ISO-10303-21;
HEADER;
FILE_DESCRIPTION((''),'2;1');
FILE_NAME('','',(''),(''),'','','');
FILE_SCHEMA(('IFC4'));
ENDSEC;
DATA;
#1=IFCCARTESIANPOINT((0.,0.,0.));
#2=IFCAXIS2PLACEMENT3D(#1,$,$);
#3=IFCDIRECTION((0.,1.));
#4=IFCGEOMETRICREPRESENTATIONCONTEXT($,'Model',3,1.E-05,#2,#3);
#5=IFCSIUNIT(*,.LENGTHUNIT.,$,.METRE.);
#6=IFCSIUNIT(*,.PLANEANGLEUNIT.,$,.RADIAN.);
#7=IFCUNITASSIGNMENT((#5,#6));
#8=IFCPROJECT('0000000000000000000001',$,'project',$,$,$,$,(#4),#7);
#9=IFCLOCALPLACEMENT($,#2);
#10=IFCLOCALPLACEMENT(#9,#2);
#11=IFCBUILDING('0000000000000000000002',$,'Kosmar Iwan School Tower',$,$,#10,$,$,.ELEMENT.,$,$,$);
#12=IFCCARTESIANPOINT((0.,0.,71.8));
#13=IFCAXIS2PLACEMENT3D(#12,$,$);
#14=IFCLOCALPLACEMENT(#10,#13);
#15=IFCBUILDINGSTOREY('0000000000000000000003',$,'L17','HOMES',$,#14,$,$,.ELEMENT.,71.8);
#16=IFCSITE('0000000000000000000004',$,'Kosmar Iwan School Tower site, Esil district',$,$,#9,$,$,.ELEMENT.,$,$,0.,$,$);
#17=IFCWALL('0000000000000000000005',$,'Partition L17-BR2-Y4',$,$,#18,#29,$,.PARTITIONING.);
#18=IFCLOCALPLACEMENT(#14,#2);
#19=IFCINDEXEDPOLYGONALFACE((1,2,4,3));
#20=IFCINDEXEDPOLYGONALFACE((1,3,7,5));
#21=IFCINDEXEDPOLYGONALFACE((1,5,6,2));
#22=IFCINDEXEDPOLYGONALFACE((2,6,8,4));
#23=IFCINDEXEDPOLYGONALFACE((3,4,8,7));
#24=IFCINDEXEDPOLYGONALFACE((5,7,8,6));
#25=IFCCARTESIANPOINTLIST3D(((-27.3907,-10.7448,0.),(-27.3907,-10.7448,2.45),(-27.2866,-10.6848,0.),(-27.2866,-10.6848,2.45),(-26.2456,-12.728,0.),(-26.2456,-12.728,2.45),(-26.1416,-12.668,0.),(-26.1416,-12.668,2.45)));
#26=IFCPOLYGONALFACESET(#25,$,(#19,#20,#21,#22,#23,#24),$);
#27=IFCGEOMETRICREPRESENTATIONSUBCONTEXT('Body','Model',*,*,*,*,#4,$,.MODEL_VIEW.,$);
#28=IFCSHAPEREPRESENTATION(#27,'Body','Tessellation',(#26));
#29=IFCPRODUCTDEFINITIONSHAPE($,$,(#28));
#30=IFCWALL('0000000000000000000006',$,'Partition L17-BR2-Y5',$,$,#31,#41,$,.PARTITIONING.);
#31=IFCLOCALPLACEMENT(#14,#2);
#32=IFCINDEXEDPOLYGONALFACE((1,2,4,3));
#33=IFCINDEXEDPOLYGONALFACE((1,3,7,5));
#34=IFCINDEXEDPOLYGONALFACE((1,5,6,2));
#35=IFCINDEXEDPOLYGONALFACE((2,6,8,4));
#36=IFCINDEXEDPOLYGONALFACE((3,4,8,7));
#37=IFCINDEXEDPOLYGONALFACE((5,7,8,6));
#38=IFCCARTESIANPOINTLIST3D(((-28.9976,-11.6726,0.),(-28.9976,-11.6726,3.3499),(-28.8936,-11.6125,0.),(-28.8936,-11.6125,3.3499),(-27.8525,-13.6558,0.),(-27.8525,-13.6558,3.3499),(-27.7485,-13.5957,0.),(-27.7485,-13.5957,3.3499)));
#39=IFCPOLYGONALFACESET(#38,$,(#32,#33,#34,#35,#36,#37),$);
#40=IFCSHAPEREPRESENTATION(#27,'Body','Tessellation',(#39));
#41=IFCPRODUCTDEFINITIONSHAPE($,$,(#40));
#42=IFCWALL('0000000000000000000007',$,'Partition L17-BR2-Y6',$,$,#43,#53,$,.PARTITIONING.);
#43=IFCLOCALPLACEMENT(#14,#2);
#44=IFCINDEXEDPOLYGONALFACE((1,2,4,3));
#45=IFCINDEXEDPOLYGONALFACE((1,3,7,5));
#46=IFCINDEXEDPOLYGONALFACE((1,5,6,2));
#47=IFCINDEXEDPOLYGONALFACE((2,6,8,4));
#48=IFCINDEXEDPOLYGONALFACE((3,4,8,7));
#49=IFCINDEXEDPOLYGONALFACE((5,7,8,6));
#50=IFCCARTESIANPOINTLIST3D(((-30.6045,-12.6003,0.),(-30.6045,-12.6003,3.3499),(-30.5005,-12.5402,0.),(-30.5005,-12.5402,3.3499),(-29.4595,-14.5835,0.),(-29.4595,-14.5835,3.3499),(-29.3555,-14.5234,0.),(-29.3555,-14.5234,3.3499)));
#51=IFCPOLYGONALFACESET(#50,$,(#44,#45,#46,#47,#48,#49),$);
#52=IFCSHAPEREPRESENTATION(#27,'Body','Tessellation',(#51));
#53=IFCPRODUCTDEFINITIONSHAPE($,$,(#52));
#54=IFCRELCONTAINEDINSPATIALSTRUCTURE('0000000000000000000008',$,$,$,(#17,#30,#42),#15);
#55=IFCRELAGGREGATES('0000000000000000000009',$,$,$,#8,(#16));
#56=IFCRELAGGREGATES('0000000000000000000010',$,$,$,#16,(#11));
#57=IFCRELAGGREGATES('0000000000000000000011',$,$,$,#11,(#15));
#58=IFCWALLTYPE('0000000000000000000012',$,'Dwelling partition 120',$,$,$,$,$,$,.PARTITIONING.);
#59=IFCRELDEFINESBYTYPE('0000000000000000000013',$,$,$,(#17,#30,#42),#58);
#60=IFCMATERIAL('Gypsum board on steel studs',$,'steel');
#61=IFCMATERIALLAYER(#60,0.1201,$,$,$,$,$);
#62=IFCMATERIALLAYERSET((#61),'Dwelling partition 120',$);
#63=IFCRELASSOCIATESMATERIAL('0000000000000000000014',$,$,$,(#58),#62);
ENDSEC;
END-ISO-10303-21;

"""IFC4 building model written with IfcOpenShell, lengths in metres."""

from ifc_helpers import new_model, si_unit, direction, frame, frame_2d, origin, place, context, subcontext, project, spatial, rectangle, extrude, material, layer, layer_set, type_object, element, save


model = new_model("IFC4")

# Units and contexts
model_context = context("Model", 3, precision=1e-05, world=origin(), true_north=direction((0.0, 1.0)))
body_context = subcontext(model_context, "Body", "Model", "MODEL_VIEW")
ifc_project = project(units=[si_unit("LENGTHUNIT", "METRE"), si_unit("PLANEANGLEUNIT", "RADIAN")], contexts=[model_context])

# Site, building, storey
site_placement = place(None, origin())
site = spatial("IfcSite", under=ifc_project, at=site_placement, Name="Kosmar Iwan School Tower site, Esil district", CompositionType="ELEMENT", RefElevation=0.0)
building_placement = place(site_placement, origin())
building = spatial("IfcBuilding", under=site, at=building_placement, Name="Kosmar Iwan School Tower", CompositionType="ELEMENT")
storey_placement = place(building_placement, frame((0.0, 0.0, 71.8)))
storey = spatial("IfcBuildingStorey", under=building, at=storey_placement, Name="L17", Description="HOMES", CompositionType="ELEMENT", Elevation=71.8)

# Walls
ifc_material_1 = material(Name="Gypsum board on steel studs", Category="steel")
ifc_layer_1 = layer(ifc_material_1, 0.1201)
ifc_layer_set_1 = layer_set([ifc_layer_1], Name="Dwelling partition 120")
wall_type_1 = type_object("IfcWallType", Name="Dwelling partition 120", PredefinedType="PARTITIONING", material=ifc_layer_set_1)
wall_1_placement = place(storey_placement, frame((-26.1936, -12.698, 0.0), z_axis=(0.0, 0.0, 1.0), x_axis=(-0.500015, 0.866017, 0.0)))
element("IfcWall", 1, at=wall_1_placement, inside=storey, type_object=wall_type_1, Name="Partition L17-BR2-Y4", PredefinedType="PARTITIONING", context=body_context, shape_type="SweptSolid", body=[
    extrude(rectangle(XDim=2.29, YDim=0.1201, at=frame_2d((1.145, 0.0))), origin(), (0.0, 0.0, 1.0), 2.45),
])
for number, where, z_axis, x_axis, name in (
    (2, (-27.8005, -13.6257, 0.0), (0.0, 0.0, 1.0), (-0.500015, 0.866017, 0.0), "Partition L17-BR2-Y5"),
    (3, (-29.4075, -14.5535, 0.0), (0.0, 0.0, 1.0), (-0.500015, 0.866017, 0.0), "Partition L17-BR2-Y6"),
):
    element("IfcWall", number, at=place(storey_placement, frame(where, z_axis=z_axis, x_axis=x_axis)), inside=storey, type_object=wall_type_1, Name=name, PredefinedType="PARTITIONING", context=body_context, shape_type="SweptSolid", body=[
        extrude(rectangle(XDim=2.29, YDim=0.1201, at=frame_2d((1.145, 0.0))), origin(), (0.0, 0.0, 1.0), 3.3499),
    ])

save(model, "model.ifc")
